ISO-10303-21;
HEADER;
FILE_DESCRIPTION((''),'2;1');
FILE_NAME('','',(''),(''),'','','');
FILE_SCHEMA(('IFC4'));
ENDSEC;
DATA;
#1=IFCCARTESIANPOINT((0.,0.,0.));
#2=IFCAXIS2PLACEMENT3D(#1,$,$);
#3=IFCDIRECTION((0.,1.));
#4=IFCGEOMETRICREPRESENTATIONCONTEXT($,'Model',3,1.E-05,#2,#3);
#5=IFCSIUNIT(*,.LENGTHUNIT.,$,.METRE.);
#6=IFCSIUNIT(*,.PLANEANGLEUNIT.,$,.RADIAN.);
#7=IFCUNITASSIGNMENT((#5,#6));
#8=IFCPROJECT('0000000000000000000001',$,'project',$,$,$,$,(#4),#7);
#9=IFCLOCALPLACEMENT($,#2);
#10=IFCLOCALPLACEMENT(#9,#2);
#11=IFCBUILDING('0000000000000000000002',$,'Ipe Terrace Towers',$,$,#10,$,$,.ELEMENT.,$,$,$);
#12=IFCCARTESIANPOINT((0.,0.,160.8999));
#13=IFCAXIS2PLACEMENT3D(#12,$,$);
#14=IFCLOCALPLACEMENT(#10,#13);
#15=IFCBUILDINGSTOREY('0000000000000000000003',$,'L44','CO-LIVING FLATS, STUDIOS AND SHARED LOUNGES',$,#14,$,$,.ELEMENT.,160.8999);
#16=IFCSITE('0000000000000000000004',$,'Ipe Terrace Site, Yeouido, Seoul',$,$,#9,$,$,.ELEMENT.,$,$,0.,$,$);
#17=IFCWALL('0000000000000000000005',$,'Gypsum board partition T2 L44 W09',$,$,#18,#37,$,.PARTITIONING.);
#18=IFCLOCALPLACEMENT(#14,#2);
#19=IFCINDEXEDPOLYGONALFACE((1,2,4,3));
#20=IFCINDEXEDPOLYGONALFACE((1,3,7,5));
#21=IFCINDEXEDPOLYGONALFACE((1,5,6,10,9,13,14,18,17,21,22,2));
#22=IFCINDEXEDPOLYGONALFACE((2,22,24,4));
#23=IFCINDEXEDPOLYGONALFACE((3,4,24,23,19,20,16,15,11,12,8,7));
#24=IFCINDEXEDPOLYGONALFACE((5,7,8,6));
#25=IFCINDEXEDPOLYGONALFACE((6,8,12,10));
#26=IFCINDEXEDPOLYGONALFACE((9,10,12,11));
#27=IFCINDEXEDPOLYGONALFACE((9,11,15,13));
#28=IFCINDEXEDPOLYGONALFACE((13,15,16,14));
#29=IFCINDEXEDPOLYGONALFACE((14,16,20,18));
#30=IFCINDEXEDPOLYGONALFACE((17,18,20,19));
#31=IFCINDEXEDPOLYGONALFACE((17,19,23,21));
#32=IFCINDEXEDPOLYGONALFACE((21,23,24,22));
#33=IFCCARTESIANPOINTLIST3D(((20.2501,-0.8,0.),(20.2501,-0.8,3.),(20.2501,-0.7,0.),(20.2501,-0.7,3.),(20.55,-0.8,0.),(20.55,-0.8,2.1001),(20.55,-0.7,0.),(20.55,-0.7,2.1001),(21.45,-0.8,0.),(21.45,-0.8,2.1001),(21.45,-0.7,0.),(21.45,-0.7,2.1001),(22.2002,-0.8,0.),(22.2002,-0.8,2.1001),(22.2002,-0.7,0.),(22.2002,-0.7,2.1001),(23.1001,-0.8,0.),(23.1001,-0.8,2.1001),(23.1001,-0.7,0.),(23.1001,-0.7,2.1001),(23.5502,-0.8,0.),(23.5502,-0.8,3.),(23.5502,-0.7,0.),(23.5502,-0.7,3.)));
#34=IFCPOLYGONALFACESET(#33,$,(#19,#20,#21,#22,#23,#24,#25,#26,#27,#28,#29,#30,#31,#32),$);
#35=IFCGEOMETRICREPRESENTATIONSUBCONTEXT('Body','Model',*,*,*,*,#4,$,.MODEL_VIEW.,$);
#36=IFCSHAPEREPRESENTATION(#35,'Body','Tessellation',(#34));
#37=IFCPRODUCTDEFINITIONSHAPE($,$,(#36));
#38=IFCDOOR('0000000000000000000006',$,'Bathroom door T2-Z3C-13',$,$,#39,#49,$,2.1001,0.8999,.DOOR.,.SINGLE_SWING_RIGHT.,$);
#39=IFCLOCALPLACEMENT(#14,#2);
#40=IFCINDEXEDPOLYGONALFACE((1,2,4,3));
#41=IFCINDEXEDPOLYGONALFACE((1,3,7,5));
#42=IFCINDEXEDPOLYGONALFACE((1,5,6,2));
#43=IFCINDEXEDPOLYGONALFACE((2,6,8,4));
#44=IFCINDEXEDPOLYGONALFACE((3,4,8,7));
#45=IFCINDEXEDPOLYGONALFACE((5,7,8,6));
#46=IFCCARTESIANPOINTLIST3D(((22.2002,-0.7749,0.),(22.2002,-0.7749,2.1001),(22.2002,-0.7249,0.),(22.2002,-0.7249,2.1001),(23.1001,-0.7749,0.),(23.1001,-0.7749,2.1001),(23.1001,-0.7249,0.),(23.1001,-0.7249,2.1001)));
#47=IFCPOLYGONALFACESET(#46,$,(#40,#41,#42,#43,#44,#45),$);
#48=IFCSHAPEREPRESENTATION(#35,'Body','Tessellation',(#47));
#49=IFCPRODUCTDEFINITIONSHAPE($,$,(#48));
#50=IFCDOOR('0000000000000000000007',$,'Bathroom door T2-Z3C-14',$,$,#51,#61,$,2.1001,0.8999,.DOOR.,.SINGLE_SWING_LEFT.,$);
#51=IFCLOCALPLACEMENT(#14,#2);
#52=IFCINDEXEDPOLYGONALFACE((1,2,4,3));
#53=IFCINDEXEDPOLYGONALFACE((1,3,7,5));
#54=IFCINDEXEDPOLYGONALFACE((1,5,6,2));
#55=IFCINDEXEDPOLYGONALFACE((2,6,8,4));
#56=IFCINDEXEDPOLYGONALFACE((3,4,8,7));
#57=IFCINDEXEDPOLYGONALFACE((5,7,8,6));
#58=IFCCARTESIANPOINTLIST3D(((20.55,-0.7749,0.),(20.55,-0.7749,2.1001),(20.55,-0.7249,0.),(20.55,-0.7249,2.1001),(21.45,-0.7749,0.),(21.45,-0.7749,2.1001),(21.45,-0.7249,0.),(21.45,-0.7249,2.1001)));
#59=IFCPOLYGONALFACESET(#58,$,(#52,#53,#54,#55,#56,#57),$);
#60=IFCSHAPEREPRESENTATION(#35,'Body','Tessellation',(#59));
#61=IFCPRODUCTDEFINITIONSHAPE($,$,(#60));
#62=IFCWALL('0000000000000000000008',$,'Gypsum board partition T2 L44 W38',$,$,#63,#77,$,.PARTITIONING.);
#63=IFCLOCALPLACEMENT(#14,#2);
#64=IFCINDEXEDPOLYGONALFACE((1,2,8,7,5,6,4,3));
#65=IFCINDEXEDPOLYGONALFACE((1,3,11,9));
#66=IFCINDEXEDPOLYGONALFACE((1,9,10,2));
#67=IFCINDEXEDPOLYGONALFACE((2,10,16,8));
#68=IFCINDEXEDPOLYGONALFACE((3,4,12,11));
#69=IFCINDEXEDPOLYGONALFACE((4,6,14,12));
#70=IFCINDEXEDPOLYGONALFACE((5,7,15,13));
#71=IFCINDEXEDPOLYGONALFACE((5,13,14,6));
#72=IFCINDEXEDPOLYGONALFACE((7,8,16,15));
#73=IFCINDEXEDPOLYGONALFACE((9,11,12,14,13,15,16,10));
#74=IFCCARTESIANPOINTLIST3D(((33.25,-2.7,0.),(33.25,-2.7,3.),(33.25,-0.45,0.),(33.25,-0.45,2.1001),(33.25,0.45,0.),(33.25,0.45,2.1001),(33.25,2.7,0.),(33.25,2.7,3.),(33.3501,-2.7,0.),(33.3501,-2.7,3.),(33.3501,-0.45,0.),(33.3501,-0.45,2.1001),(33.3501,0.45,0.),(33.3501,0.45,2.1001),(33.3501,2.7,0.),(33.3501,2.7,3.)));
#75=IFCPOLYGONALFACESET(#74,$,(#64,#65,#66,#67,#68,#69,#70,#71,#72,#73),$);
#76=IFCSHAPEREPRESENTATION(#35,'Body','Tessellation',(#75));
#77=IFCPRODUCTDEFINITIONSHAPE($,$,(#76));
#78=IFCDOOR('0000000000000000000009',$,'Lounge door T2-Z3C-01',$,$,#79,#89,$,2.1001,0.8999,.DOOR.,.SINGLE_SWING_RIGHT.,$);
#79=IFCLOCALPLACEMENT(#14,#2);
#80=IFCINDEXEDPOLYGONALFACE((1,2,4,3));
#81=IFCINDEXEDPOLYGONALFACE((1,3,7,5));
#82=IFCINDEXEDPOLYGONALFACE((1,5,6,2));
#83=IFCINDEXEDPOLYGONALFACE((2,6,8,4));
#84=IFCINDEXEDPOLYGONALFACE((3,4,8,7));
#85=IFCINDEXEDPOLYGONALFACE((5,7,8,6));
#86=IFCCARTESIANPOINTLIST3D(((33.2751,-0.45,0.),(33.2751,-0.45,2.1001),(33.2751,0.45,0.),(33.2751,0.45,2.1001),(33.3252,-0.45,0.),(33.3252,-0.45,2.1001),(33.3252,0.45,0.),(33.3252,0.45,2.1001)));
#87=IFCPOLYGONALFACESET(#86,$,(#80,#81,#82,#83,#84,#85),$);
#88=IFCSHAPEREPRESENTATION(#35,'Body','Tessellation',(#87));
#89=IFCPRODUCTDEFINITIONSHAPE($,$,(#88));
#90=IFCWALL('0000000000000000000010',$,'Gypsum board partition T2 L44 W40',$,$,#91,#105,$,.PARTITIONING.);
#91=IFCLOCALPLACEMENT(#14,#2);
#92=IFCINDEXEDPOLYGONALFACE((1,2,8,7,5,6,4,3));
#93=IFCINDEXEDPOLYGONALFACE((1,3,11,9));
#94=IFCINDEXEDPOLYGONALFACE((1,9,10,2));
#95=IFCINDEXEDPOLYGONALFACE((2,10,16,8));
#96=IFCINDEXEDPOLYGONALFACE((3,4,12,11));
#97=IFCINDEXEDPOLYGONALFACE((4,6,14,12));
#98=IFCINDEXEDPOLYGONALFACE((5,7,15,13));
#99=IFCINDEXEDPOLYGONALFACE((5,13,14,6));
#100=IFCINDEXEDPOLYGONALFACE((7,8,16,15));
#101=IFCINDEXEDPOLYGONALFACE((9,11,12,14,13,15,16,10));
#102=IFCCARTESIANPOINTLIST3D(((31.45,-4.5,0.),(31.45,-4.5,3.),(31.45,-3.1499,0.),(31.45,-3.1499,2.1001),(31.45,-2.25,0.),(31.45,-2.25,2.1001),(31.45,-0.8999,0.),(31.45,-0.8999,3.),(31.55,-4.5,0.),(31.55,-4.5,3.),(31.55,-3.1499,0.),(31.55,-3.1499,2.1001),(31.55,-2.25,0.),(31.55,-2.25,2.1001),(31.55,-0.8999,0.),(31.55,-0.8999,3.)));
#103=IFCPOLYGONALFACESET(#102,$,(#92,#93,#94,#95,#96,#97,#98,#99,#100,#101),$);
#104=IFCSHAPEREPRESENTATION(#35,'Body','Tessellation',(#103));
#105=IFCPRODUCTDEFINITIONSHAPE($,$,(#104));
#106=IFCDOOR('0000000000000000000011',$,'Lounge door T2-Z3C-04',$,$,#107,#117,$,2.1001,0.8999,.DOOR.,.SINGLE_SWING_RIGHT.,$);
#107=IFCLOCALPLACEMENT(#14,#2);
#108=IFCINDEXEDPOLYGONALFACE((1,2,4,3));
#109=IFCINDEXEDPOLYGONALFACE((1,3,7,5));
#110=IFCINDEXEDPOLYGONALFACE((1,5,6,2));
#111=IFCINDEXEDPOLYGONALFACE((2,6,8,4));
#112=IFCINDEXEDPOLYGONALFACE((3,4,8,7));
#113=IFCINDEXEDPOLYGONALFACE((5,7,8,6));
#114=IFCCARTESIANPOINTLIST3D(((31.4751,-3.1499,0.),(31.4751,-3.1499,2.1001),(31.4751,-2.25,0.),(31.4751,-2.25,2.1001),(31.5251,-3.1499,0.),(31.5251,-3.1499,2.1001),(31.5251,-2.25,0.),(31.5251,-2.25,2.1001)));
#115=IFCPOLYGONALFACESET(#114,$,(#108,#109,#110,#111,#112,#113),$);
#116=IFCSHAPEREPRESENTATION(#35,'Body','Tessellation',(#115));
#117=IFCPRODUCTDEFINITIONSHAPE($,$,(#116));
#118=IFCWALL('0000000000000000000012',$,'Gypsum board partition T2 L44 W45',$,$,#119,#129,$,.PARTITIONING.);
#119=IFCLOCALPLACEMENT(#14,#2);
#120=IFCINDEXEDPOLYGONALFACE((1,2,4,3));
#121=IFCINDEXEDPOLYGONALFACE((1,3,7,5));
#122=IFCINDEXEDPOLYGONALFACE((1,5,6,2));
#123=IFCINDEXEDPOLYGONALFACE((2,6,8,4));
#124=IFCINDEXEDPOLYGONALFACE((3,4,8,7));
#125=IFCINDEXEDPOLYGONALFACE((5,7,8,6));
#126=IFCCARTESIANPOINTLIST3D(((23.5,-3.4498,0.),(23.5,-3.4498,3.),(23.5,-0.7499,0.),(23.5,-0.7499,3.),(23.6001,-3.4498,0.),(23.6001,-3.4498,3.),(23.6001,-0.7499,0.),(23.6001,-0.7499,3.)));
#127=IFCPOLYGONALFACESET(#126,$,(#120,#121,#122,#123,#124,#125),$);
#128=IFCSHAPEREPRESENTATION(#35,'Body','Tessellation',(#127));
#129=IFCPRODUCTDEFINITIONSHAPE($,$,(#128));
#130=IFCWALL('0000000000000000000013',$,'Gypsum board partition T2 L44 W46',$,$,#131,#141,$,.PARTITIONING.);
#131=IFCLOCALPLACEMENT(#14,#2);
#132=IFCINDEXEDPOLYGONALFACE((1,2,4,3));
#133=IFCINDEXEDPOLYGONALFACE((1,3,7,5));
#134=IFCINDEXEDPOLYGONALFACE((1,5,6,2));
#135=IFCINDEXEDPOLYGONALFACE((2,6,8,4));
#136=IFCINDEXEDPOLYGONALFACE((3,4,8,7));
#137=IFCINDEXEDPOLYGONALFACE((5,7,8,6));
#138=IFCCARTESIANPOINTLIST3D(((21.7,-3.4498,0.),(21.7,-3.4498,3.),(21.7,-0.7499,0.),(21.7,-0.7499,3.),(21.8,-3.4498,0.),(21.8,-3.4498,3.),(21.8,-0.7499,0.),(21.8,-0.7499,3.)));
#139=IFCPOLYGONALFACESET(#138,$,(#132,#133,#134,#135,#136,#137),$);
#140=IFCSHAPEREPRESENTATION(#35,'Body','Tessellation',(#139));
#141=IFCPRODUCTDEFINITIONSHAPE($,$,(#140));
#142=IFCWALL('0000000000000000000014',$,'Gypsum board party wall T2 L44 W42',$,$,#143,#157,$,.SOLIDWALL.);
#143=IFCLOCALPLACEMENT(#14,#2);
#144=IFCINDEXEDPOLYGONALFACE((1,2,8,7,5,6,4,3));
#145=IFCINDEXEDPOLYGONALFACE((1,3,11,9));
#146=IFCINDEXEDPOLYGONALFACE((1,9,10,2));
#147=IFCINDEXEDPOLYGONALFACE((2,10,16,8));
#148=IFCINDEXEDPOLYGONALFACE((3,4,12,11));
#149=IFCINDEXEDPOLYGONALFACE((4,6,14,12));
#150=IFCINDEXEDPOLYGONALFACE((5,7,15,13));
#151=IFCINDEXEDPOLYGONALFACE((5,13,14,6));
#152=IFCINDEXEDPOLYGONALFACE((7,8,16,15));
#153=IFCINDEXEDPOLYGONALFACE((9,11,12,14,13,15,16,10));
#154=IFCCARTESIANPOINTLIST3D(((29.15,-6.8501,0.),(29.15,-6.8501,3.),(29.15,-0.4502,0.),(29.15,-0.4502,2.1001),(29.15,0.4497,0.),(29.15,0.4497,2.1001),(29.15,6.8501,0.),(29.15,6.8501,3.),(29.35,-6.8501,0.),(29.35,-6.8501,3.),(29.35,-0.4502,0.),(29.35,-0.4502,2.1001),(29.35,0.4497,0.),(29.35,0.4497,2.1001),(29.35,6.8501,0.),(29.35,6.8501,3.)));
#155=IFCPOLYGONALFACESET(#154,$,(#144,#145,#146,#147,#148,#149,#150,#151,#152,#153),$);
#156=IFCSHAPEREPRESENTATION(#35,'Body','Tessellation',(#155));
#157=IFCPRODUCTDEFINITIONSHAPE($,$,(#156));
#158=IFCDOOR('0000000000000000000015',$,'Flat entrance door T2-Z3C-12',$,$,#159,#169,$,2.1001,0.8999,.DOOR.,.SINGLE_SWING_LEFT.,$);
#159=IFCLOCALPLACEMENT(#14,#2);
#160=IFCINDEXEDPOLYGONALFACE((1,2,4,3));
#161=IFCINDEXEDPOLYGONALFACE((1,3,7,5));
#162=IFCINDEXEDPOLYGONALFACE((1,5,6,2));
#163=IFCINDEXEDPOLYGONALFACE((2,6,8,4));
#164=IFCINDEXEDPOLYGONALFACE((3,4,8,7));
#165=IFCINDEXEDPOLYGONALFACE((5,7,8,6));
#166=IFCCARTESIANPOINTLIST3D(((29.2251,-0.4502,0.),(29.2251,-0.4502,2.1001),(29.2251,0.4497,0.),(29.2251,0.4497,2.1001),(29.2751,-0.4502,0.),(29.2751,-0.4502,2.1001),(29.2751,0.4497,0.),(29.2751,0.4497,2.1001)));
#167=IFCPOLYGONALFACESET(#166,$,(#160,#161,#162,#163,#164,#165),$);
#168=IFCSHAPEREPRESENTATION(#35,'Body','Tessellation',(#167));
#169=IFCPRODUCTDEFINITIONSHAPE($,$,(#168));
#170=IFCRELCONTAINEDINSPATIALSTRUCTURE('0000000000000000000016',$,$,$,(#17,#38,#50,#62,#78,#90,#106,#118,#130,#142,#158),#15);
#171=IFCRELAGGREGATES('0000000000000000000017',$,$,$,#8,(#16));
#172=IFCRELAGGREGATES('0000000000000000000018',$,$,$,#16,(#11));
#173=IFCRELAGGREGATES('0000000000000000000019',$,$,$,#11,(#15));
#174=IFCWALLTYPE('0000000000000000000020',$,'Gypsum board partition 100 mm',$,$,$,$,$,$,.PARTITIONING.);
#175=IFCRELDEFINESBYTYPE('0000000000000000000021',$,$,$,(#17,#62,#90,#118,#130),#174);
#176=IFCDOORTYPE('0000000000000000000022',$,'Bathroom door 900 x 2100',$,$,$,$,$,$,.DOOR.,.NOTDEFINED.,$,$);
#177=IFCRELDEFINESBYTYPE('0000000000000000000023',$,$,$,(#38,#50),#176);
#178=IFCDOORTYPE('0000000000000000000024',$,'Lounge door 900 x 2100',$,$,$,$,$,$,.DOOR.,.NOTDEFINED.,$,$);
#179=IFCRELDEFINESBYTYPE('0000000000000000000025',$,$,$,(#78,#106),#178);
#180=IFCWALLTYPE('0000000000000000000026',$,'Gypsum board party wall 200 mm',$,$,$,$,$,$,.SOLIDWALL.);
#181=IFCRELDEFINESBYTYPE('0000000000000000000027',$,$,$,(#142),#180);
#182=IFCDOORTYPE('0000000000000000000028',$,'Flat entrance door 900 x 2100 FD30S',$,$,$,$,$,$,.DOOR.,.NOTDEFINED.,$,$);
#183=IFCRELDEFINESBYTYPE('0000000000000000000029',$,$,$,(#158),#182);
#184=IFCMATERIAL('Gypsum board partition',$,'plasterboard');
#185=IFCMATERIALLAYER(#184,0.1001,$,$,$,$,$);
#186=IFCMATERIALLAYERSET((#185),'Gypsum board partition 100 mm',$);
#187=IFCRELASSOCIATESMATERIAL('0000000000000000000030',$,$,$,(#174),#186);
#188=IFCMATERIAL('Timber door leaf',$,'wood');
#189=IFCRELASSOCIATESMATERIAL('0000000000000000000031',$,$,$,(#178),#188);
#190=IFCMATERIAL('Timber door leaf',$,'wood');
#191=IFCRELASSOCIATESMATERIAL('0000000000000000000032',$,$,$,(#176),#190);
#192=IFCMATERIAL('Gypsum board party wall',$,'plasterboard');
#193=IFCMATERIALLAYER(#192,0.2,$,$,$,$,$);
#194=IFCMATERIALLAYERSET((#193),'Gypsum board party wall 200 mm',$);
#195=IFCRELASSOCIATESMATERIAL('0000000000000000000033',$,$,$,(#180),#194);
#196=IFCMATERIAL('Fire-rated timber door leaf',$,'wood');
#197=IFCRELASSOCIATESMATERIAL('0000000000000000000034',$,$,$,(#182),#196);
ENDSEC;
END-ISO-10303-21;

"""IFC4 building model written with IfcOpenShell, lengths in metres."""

from ifc_helpers import new_model, si_unit, direction, frame, frame_2d, origin, place, context, subcontext, project, spatial, rectangle, extrude, material, layer, layer_set, type_object, element, fill, save


model = new_model("IFC4")

# Units and contexts
model_context = context("Model", 3, precision=1e-05, world=origin(), true_north=direction((0.0, 1.0)))
body_context = subcontext(model_context, "Body", "Model", "MODEL_VIEW")
ifc_project = project(units=[si_unit("LENGTHUNIT", "METRE"), si_unit("PLANEANGLEUNIT", "RADIAN")], contexts=[model_context])

# Site, building, storey
site_placement = place(None, origin())
site = spatial("IfcSite", under=ifc_project, at=site_placement, Name="Ipe Terrace Site, Yeouido, Seoul", CompositionType="ELEMENT", RefElevation=0.0)
building_placement = place(site_placement, origin())
building = spatial("IfcBuilding", under=site, at=building_placement, Name="Ipe Terrace Towers", CompositionType="ELEMENT")
storey_placement = place(building_placement, frame((0.0, 0.0, 160.8999)))
storey = spatial("IfcBuildingStorey", under=building, at=storey_placement, Name="L44", Description="CO-LIVING FLATS, STUDIOS AND SHARED LOUNGES", CompositionType="ELEMENT", Elevation=160.8999)

# Shared definitions
ifc_material_1 = material(Name="Gypsum board partition", Category="plasterboard")
ifc_layer_1 = layer(ifc_material_1, 0.1001)
ifc_layer_set_1 = layer_set([ifc_layer_1], Name="Gypsum board partition 100 mm")
wall_type_1 = type_object("IfcWallType", Name="Gypsum board partition 100 mm", PredefinedType="PARTITIONING", material=ifc_layer_set_1)

# Shared definitions
ifc_material_2 = material(Name="Timber door leaf", Category="wood")
door_type_1 = type_object("IfcDoorType", Name="Lounge door 900 x 2100", OperationType="NOTDEFINED", PredefinedType="DOOR", material=ifc_material_2)

# Wall, openings, doors
wall_1_placement = place(storey_placement, frame((23.55, -0.75, 0.0), z_axis=(0.0, 0.0, 1.0), x_axis=(-1.0, 0.0, 0.0)))
wall_1 = element("IfcWall", 1, at=wall_1_placement, inside=storey, type_object=wall_type_1, Name="Gypsum board partition T2 L44 W09", PredefinedType="PARTITIONING", context=body_context, shape_type="SweptSolid", body=[
    extrude(rectangle(XDim=3.3, YDim=0.1001, at=frame_2d((1.6499, 0.0))), origin(), (0.0, 0.0, 1.0), 3.0),
])
opening_1_placement = place(wall_1_placement, frame((0.45, 0.0, 0.0)))
opening_1 = element("IfcOpeningElement", 2, at=opening_1_placement, cuts=wall_1, PredefinedType="OPENING", context=body_context, shape_type="SweptSolid", body=[
    extrude(rectangle(XDim=0.8999, YDim=2.1001, at=frame_2d((0.45, 1.05))), frame((0.0, 0.0601, 0.0), z_axis=(0.0, -1.0, 0.0), x_axis=(1.0, 0.0, 0.0)), (0.0, 0.0, 1.0), 0.1201),
])
opening_2_placement = place(wall_1_placement, frame((2.1001, 0.0, 0.0)))
opening_2 = element("IfcOpeningElement", 3, at=opening_2_placement, cuts=wall_1, PredefinedType="OPENING", context=body_context, shape_type="SweptSolid", body=[
    extrude(rectangle(XDim=0.8999, YDim=2.1001, at=frame_2d((0.45, 1.05))), frame((0.0, 0.0601, 0.0), z_axis=(0.0, -1.0, 0.0), x_axis=(1.0, 0.0, 0.0)), (0.0, 0.0, 1.0), 0.1201),
])
ifc_material_3 = material(Name="Timber door leaf", Category="wood")
door_type_2 = type_object("IfcDoorType", Name="Bathroom door 900 x 2100", OperationType="NOTDEFINED", PredefinedType="DOOR", material=ifc_material_3)
door_1_placement = place(opening_1_placement, origin())
door_1 = element("IfcDoor", 4, at=door_1_placement, inside=storey, type_object=door_type_2, Name="Bathroom door T2-Z3C-13", OperationType="SINGLE_SWING_RIGHT", OverallHeight=2.1001, OverallWidth=0.8999, PredefinedType="DOOR", context=body_context, shape_type="SweptSolid", body=[
    extrude(rectangle(XDim=0.8999, YDim=2.1001, at=frame_2d((0.45, 1.05))), frame((0.0, 0.0249, 0.0), z_axis=(0.0, -1.0, 0.0), x_axis=(1.0, 0.0, 0.0)), (0.0, 0.0, 1.0), 0.05),
])
fill(opening_1, door_1)
door_2_placement = place(opening_2_placement, origin())
door_2 = element("IfcDoor", 5, at=door_2_placement, inside=storey, type_object=door_type_2, Name="Bathroom door T2-Z3C-14", OperationType="SINGLE_SWING_LEFT", OverallHeight=2.1001, OverallWidth=0.8999, PredefinedType="DOOR", context=body_context, shape_type="SweptSolid", body=[
    extrude(rectangle(XDim=0.8999, YDim=2.1001, at=frame_2d((0.45, 1.05))), frame((0.0, 0.0249, 0.0), z_axis=(0.0, -1.0, 0.0), x_axis=(1.0, 0.0, 0.0)), (0.0, 0.0, 1.0), 0.05),
])
fill(opening_2, door_2)

# Walls, openings, doors
wall_2_placement = place(storey_placement, frame((33.3, -2.7, 0.0), z_axis=(0.0, 0.0, 1.0), x_axis=(0.0, 1.0, 0.0)))
wall_2 = element("IfcWall", 6, at=wall_2_placement, inside=storey, type_object=wall_type_1, Name="Gypsum board partition T2 L44 W38", PredefinedType="PARTITIONING", context=body_context, shape_type="SweptSolid", body=[
    extrude(rectangle(XDim=5.3999, YDim=0.1001, at=frame_2d((2.7, 0.0))), origin(), (0.0, 0.0, 1.0), 3.0),
])
opening_3_placement = place(wall_2_placement, frame((2.25, 0.0, 0.0)))
opening_3 = element("IfcOpeningElement", 7, at=opening_3_placement, cuts=wall_2, PredefinedType="OPENING", context=body_context, shape_type="SweptSolid", body=[
    extrude(rectangle(XDim=0.8999, YDim=2.1001, at=frame_2d((0.45, 1.05))), frame((0.0, 0.0601, 0.0), z_axis=(0.0, -1.0, 0.0), x_axis=(1.0, 0.0, 0.0)), (0.0, 0.0, 1.0), 0.1201),
])
door_3_placement = place(opening_3_placement, origin())
door_3 = element("IfcDoor", 8, at=door_3_placement, inside=storey, type_object=door_type_1, Name="Lounge door T2-Z3C-01", OperationType="SINGLE_SWING_RIGHT", OverallHeight=2.1001, OverallWidth=0.8999, PredefinedType="DOOR", context=body_context, shape_type="SweptSolid", body=[
    extrude(rectangle(XDim=0.8999, YDim=2.1001, at=frame_2d((0.45, 1.05))), frame((0.0, 0.0249, 0.0), z_axis=(0.0, -1.0, 0.0), x_axis=(1.0, 0.0, 0.0)), (0.0, 0.0, 1.0), 0.05),
])
fill(opening_3, door_3)
wall_3_placement = place(storey_placement, frame((31.5, -4.5, 0.0), z_axis=(0.0, 0.0, 1.0), x_axis=(0.0, 1.0, 0.0)))
wall_3 = element("IfcWall", 9, at=wall_3_placement, inside=storey, type_object=wall_type_1, Name="Gypsum board partition T2 L44 W40", PredefinedType="PARTITIONING", context=body_context, shape_type="SweptSolid", body=[
    extrude(rectangle(XDim=3.6001, YDim=0.1001, at=frame_2d((1.8, 0.0))), origin(), (0.0, 0.0, 1.0), 3.0),
])
opening_4_placement = place(wall_3_placement, frame((1.3501, 0.0, 0.0)))
opening_4 = element("IfcOpeningElement", 10, at=opening_4_placement, cuts=wall_3, PredefinedType="OPENING", context=body_context, shape_type="SweptSolid", body=[
    extrude(rectangle(XDim=0.8999, YDim=2.1001, at=frame_2d((0.45, 1.05))), frame((0.0, 0.0601, 0.0), z_axis=(0.0, -1.0, 0.0), x_axis=(1.0, 0.0, 0.0)), (0.0, 0.0, 1.0), 0.1201),
])
door_4_placement = place(opening_4_placement, origin())
door_4 = element("IfcDoor", 11, at=door_4_placement, inside=storey, type_object=door_type_1, Name="Lounge door T2-Z3C-04", OperationType="SINGLE_SWING_RIGHT", OverallHeight=2.1001, OverallWidth=0.8999, PredefinedType="DOOR", context=body_context, shape_type="SweptSolid", body=[
    extrude(rectangle(XDim=0.8999, YDim=2.1001, at=frame_2d((0.45, 1.05))), frame((0.0, 0.0249, 0.0), z_axis=(0.0, -1.0, 0.0), x_axis=(1.0, 0.0, 0.0)), (0.0, 0.0, 1.0), 0.05),
])
fill(opening_4, door_4)

# Walls
for number, where, z_axis, x_axis, name in (
    (12, (23.55, -3.45, 0.0), (0.0, 0.0, 1.0), (0.0, 1.0, 0.0), "Gypsum board partition T2 L44 W45"),
    (13, (21.75, -3.45, 0.0), (0.0, 0.0, 1.0), (0.0, 1.0, 0.0), "Gypsum board partition T2 L44 W46"),
):
    element("IfcWall", number, at=place(storey_placement, frame(where, z_axis=z_axis, x_axis=x_axis)), inside=storey, type_object=wall_type_1, Name=name, PredefinedType="PARTITIONING", context=body_context, shape_type="SweptSolid", body=[
        extrude(rectangle(XDim=2.7, YDim=0.1001, at=frame_2d((1.3501, 0.0))), origin(), (0.0, 0.0, 1.0), 3.0),
    ])

# Wall, opening, door
ifc_material_4 = material(Name="Gypsum board party wall", Category="plasterboard")
ifc_layer_2 = layer(ifc_material_4, 0.2)
ifc_layer_set_2 = layer_set([ifc_layer_2], Name="Gypsum board party wall 200 mm")
wall_type_2 = type_object("IfcWallType", Name="Gypsum board party wall 200 mm", PredefinedType="SOLIDWALL", material=ifc_layer_set_2)
wall_4_placement = place(storey_placement, frame((29.25, -6.8501, 0.0), z_axis=(0.0, 0.0, 1.0), x_axis=(0.0, 1.0, 0.0)))
wall_4 = element("IfcWall", 14, at=wall_4_placement, inside=storey, type_object=wall_type_2, Name="Gypsum board party wall T2 L44 W42", PredefinedType="SOLIDWALL", context=body_context, shape_type="SweptSolid", body=[
    extrude(rectangle(XDim=13.7002, YDim=0.2, at=frame_2d((6.8501, 0.0))), origin(), (0.0, 0.0, 1.0), 3.0),
])
opening_5_placement = place(wall_4_placement, frame((6.3999, 0.0, 0.0)))
opening_5 = element("IfcOpeningElement", 15, at=opening_5_placement, cuts=wall_4, PredefinedType="OPENING", context=body_context, shape_type="SweptSolid", body=[
    extrude(rectangle(XDim=0.8999, YDim=2.1001, at=frame_2d((0.45, 1.05))), frame((0.0, 0.1099, 0.0), z_axis=(0.0, -1.0, 0.0), x_axis=(1.0, 0.0, 0.0)), (0.0, 0.0, 1.0), 0.22),
])
ifc_material_5 = material(Name="Fire-rated timber door leaf", Category="wood")
door_type_3 = type_object("IfcDoorType", Name="Flat entrance door 900 x 2100 FD30S", OperationType="NOTDEFINED", PredefinedType="DOOR", material=ifc_material_5)
door_5_placement = place(opening_5_placement, origin())
door_5 = element("IfcDoor", 16, at=door_5_placement, inside=storey, type_object=door_type_3, Name="Flat entrance door T2-Z3C-12", OperationType="SINGLE_SWING_LEFT", OverallHeight=2.1001, OverallWidth=0.8999, PredefinedType="DOOR", context=body_context, shape_type="SweptSolid", body=[
    extrude(rectangle(XDim=0.8999, YDim=2.1001, at=frame_2d((0.45, 1.05))), frame((0.0, 0.0249, 0.0), z_axis=(0.0, -1.0, 0.0), x_axis=(1.0, 0.0, 0.0)), (0.0, 0.0, 1.0), 0.05),
])
fill(opening_5, door_5)

save(model, "model.ifc")
